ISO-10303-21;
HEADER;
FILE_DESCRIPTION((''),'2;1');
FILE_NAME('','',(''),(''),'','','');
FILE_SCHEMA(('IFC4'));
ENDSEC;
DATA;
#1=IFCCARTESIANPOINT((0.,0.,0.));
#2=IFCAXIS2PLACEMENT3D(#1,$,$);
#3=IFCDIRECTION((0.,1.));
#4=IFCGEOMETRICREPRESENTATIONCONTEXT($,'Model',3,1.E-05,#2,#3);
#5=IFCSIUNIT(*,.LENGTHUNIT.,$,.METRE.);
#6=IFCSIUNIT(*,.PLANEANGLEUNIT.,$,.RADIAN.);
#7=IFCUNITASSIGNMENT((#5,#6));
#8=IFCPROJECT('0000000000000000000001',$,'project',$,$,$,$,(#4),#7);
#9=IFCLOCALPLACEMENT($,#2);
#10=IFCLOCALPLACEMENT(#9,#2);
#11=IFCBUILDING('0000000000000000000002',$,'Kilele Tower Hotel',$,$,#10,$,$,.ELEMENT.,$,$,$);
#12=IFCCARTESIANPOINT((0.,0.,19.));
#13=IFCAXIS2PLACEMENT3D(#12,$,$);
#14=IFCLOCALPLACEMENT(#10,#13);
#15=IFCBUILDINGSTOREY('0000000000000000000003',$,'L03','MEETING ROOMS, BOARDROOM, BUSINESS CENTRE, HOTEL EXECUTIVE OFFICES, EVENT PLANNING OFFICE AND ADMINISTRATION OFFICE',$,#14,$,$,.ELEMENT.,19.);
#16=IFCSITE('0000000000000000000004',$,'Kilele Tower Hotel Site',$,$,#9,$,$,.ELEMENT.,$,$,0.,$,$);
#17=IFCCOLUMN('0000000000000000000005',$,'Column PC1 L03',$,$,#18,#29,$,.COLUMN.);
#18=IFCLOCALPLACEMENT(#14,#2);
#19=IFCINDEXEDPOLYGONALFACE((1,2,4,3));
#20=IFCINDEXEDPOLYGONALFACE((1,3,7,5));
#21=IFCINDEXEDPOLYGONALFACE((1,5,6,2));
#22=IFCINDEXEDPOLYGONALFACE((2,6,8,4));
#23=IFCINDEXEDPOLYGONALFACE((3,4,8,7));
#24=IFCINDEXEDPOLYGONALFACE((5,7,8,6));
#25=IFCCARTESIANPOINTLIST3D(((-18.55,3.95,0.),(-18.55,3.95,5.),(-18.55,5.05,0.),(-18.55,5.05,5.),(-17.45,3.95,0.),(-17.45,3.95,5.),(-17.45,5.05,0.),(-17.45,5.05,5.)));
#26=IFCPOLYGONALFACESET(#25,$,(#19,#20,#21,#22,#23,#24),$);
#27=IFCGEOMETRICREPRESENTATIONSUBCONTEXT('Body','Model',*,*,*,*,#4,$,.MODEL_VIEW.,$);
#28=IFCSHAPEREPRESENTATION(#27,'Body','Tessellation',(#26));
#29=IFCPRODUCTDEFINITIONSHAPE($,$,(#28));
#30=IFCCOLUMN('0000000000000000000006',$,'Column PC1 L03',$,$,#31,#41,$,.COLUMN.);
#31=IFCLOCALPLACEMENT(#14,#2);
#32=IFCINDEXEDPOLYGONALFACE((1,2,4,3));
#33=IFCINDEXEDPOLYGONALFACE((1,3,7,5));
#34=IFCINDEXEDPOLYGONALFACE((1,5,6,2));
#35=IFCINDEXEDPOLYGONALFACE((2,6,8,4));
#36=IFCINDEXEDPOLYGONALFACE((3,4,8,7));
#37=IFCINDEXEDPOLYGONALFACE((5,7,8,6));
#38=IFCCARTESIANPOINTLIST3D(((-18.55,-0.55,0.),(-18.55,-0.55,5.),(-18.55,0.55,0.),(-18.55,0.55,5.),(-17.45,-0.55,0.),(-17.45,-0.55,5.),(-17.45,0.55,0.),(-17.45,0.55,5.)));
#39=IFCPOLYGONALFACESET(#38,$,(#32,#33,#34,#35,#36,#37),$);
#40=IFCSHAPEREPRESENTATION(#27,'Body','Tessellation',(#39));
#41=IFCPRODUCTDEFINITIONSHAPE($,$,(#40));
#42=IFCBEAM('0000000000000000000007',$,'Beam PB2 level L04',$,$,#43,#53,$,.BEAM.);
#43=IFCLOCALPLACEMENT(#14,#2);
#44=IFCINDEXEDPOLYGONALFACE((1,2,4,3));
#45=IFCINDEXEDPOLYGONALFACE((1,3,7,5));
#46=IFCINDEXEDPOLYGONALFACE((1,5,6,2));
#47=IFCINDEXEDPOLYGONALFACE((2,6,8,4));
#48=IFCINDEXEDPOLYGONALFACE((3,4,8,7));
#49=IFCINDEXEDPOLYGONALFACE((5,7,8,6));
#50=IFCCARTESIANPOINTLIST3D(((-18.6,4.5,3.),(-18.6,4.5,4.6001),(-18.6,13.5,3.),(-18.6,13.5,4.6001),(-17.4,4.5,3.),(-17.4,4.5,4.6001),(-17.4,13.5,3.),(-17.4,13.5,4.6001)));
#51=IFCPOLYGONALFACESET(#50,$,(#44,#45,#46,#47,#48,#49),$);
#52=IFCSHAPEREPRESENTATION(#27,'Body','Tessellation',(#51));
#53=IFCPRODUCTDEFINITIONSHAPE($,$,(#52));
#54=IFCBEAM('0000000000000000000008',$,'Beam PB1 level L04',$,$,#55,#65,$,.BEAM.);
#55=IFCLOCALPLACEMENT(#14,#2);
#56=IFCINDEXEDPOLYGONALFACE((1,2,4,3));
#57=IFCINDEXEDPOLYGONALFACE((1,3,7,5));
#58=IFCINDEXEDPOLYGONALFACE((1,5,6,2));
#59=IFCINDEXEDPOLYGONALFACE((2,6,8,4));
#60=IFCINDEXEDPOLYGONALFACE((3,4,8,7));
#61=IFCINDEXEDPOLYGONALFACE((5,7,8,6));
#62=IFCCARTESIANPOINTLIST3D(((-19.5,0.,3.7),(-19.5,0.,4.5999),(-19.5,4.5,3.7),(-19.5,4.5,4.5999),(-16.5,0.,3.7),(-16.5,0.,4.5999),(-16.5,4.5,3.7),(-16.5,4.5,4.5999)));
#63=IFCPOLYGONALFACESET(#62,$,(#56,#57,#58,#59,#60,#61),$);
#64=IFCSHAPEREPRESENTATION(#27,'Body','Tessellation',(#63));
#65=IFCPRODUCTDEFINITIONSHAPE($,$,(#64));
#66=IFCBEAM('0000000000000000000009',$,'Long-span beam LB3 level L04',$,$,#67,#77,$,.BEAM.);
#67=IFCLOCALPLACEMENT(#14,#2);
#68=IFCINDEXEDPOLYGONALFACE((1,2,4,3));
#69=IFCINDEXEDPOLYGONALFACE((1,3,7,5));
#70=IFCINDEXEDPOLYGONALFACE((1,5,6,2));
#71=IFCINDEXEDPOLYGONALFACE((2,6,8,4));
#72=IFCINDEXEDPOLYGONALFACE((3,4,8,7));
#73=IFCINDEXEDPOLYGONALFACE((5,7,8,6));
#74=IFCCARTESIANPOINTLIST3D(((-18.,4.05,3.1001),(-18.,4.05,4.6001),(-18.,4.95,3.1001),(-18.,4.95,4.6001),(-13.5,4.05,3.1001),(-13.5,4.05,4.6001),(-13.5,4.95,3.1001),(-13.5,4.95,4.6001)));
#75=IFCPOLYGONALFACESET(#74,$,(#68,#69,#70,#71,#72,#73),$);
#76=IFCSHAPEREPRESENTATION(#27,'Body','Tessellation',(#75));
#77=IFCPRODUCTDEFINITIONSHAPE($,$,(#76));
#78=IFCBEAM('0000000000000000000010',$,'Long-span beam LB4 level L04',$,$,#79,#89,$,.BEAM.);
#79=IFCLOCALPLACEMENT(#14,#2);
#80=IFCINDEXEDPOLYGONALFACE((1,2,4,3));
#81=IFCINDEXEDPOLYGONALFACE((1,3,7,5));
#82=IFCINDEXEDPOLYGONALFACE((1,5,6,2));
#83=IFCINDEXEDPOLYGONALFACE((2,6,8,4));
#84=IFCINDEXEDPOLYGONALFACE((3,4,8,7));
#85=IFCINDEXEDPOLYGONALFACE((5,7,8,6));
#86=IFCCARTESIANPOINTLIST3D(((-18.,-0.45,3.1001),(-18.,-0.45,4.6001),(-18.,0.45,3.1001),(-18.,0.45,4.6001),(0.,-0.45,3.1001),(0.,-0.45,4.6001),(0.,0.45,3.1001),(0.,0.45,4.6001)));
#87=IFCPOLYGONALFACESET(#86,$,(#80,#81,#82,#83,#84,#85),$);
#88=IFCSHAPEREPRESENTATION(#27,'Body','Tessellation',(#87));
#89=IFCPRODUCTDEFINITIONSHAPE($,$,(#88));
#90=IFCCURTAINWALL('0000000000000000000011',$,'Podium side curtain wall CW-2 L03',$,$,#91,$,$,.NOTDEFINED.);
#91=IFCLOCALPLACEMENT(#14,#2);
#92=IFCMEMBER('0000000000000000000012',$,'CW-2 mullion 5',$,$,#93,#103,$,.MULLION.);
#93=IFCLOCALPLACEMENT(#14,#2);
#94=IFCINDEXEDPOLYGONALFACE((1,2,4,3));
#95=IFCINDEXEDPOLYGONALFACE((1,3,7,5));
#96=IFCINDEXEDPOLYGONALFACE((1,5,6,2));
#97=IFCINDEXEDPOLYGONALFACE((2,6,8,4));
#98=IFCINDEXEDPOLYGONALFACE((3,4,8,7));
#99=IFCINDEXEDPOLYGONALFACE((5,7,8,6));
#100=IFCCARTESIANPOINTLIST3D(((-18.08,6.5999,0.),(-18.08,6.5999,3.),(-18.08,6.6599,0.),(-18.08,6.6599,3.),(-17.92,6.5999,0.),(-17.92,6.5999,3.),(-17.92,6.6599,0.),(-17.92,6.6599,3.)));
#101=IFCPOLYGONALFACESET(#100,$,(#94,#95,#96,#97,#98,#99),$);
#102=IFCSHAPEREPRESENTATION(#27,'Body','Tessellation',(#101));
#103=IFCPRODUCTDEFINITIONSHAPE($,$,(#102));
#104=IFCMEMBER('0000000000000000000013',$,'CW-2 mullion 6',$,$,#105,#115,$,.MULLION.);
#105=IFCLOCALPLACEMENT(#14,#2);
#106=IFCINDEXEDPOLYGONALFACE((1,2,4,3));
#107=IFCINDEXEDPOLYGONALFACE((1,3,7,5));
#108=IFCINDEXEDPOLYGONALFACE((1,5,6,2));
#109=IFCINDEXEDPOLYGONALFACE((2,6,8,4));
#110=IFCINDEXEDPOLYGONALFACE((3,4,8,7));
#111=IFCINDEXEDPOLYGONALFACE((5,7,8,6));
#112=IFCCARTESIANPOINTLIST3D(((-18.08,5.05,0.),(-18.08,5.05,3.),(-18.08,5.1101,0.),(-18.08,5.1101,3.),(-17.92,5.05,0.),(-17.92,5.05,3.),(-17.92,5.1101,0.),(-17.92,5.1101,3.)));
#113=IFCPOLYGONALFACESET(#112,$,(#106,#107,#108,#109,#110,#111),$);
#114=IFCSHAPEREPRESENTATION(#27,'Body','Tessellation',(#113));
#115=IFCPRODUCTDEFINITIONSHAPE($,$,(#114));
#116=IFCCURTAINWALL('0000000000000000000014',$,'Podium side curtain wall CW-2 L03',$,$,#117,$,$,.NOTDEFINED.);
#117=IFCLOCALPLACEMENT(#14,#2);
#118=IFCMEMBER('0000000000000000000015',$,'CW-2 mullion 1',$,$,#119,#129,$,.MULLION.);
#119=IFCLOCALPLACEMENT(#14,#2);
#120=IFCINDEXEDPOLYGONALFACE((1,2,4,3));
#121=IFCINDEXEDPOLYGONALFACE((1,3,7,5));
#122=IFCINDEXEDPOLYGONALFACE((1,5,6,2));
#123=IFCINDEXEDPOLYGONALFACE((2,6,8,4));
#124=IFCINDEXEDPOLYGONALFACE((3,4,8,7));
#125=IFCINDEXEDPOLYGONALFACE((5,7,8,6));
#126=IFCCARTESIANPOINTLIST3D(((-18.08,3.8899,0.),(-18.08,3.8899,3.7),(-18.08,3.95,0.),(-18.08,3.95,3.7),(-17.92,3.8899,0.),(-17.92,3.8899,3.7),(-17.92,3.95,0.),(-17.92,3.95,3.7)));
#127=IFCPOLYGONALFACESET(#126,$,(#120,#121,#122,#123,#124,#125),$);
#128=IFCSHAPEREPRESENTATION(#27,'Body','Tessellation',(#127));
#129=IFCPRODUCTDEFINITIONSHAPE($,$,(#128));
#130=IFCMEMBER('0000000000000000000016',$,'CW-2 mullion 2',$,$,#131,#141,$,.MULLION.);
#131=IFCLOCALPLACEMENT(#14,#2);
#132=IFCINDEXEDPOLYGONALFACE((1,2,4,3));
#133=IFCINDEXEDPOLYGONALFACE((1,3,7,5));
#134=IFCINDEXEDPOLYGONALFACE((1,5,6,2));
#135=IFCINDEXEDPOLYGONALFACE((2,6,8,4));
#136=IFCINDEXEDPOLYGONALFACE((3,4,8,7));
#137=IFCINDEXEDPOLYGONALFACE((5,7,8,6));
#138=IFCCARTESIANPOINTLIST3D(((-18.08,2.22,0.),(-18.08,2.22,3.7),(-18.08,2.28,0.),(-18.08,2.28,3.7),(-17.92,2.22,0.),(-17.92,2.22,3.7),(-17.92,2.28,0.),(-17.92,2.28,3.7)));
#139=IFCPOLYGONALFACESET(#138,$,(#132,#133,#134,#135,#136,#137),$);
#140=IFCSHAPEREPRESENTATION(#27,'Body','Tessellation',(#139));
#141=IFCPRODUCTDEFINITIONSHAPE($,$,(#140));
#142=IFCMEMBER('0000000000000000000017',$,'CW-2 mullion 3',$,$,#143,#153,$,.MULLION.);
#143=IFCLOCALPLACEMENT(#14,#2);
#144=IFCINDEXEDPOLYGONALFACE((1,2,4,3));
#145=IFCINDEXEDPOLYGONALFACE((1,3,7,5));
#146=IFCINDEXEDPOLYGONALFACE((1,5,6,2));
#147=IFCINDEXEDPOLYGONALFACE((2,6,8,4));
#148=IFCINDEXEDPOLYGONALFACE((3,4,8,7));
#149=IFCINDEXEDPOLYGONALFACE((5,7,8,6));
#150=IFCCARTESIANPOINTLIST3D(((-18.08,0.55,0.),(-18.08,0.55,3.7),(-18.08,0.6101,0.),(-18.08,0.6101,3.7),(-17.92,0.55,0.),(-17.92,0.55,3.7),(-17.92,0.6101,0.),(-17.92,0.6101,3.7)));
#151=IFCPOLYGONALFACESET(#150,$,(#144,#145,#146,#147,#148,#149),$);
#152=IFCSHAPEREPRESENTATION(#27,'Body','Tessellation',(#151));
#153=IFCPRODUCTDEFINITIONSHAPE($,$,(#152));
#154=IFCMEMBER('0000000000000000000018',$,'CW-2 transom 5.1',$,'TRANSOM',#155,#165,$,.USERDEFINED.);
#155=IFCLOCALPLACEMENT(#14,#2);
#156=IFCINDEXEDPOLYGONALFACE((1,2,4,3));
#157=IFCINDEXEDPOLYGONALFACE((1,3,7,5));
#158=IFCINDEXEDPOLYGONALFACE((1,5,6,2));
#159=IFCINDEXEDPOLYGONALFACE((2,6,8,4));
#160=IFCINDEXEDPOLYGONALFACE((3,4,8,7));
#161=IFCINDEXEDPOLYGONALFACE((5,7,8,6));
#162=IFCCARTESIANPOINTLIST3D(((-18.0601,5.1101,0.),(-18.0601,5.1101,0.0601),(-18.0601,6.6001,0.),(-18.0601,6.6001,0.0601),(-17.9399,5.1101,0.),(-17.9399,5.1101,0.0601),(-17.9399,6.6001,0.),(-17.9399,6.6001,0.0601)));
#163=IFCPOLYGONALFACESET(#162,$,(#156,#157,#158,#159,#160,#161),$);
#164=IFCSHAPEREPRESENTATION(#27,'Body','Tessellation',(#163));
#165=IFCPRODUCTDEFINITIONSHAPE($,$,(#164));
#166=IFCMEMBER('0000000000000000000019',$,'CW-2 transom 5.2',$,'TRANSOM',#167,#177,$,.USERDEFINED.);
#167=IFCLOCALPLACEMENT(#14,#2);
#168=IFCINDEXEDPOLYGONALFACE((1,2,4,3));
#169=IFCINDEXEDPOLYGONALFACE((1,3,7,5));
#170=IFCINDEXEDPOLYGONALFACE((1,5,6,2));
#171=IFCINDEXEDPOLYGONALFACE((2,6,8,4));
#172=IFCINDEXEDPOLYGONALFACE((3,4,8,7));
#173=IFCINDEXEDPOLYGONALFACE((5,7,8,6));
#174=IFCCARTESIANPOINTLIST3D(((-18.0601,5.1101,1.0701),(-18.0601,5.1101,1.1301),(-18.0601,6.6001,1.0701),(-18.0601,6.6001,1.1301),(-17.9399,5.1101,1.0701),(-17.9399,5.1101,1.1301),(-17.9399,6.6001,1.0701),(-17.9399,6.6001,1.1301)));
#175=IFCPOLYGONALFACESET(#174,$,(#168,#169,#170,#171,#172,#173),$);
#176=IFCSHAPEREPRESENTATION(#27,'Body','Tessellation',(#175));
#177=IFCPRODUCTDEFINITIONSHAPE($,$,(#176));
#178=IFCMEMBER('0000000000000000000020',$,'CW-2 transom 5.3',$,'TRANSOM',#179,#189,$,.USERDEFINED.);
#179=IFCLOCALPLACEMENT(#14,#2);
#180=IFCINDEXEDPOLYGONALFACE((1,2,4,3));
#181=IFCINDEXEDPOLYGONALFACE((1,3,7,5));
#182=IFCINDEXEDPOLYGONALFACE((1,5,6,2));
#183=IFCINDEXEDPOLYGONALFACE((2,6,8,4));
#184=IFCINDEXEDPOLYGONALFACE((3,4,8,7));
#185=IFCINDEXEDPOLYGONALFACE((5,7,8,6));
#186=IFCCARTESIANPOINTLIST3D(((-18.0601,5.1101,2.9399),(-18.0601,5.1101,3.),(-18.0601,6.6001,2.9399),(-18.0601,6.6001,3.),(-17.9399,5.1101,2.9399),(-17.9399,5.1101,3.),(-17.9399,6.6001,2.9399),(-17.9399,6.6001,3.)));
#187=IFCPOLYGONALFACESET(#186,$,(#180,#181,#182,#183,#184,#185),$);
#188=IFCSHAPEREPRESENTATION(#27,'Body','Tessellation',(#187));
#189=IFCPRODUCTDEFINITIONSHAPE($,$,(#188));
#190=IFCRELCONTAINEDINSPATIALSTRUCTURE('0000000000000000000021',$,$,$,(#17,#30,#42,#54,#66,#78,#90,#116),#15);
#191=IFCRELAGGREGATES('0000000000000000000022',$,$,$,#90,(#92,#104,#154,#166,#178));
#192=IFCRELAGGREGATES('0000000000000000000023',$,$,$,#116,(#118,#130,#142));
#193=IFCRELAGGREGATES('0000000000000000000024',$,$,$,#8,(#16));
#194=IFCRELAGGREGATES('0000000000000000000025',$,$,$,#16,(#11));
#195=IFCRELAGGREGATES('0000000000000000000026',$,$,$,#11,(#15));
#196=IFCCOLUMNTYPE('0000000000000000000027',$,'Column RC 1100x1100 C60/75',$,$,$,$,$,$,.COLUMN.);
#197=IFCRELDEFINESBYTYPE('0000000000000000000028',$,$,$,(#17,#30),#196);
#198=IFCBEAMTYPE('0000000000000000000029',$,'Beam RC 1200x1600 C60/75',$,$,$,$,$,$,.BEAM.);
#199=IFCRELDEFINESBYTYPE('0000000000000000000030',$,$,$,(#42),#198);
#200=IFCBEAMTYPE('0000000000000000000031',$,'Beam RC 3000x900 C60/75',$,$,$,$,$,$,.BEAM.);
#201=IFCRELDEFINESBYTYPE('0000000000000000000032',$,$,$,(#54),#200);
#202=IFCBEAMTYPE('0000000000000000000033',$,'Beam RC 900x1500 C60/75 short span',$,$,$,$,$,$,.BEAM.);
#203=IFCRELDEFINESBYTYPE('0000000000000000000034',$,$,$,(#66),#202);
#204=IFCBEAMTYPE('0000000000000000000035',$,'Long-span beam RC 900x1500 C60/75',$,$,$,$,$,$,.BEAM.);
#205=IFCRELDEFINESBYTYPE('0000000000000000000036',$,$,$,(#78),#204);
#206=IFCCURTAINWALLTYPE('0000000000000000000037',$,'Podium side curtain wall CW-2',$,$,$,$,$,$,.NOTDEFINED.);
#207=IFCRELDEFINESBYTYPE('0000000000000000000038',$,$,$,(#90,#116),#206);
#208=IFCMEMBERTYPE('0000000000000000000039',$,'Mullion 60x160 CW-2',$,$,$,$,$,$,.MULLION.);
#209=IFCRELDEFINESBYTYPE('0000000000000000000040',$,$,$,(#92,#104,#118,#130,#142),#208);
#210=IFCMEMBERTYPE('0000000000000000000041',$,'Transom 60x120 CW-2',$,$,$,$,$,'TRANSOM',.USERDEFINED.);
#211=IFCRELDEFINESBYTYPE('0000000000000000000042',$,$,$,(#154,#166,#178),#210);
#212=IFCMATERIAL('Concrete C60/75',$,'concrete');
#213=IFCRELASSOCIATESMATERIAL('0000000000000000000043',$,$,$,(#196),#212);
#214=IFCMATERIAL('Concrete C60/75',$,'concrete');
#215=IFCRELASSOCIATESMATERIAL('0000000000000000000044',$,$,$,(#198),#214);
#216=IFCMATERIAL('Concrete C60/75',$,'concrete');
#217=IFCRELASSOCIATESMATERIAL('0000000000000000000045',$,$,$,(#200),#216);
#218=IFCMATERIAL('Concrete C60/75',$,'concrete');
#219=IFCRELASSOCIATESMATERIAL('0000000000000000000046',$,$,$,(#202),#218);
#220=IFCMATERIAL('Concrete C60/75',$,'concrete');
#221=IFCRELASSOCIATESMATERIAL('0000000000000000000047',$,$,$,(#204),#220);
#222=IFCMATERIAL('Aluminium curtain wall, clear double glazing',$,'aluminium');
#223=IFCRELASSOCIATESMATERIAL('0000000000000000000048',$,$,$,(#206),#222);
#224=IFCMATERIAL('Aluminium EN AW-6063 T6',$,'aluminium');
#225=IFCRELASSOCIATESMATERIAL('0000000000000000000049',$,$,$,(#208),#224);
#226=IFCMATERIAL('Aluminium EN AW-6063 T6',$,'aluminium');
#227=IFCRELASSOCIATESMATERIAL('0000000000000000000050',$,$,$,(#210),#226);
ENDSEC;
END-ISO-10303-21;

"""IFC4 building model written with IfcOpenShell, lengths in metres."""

from ifc_helpers import new_model, si_unit, direction, frame, origin, origin_2d, place, context, subcontext, project, spatial, rectangle, extrude, material, material_profile, profile_set, type_object, element, aggregate, save


model = new_model("IFC4")

# Units and contexts
model_context = context("Model", 3, precision=1e-05, world=origin(), true_north=direction((0.0, 1.0)))
body_context = subcontext(model_context, "Body", "Model", "MODEL_VIEW")
ifc_project = project(units=[si_unit("LENGTHUNIT", "METRE"), si_unit("PLANEANGLEUNIT", "RADIAN")], contexts=[model_context])

# Site, building, storey
site_placement = place(None, origin())
site = spatial("IfcSite", under=ifc_project, at=site_placement, Name="Kilele Tower Hotel Site", CompositionType="ELEMENT", RefElevation=0.0)
building_placement = place(site_placement, origin())
building = spatial("IfcBuilding", under=site, at=building_placement, Name="Kilele Tower Hotel", CompositionType="ELEMENT")
storey_placement = place(building_placement, frame((0.0, 0.0, 19.0)))
storey = spatial("IfcBuildingStorey", under=building, at=storey_placement, Name="L03", Description="MEETING ROOMS, BOARDROOM, BUSINESS CENTRE, HOTEL EXECUTIVE OFFICES, EVENT PLANNING OFFICE AND ADMINISTRATION OFFICE", CompositionType="ELEMENT", Elevation=19.0)

# Columns
ifc_material_1 = material(Name="Concrete C60/75", Category="concrete")
ifc_material_profile_1 = material_profile(ifc_material_1, rectangle(XDim=1.1001, YDim=1.1001, at=origin_2d()))
ifc_profile_set_1 = profile_set([ifc_material_profile_1], Name="Concrete C60/75")
column_type = type_object("IfcColumnType", Name="Column RC 1100x1100 C60/75", PredefinedType="COLUMN", material=ifc_profile_set_1)
for number, where, z_axis, x_axis, name in (
    (1, (-18.0, 4.5, 0.0), (0.0, 0.0, 1.0), (1.0, 0.0, 0.0), "Column PC1 L03"),
    (2, (-18.0, 0.0, 0.0), (0.0, 0.0, 1.0), (1.0, 0.0, 0.0), "Column PC1 L03"),
):
    element("IfcColumn", number, at=place(storey_placement, frame(where, z_axis=z_axis, x_axis=x_axis)), inside=storey, type_object=column_type, Name=name, PredefinedType="COLUMN", context=body_context, shape_type="SweptSolid", body=[
        extrude(rectangle(XDim=1.1001, YDim=1.1001, at=origin_2d()), origin(), (0.0, 0.0, 1.0), 5.0),
    ])

# Beams
ifc_material_2 = material(Name="Concrete C60/75", Category="concrete")
ifc_material_profile_2 = material_profile(ifc_material_2, rectangle(XDim=1.2, YDim=1.6001, at=origin_2d()))
ifc_profile_set_2 = profile_set([ifc_material_profile_2], Name="Concrete C60/75")
beam_type_1 = type_object("IfcBeamType", Name="Beam RC 1200x1600 C60/75", PredefinedType="BEAM", material=ifc_profile_set_2)
beam_1_placement = place(storey_placement, frame((-18.0, 4.5, 3.8), z_axis=(0.0, 1.0, 0.0), x_axis=(-1.0, 0.0, 0.0)))
element("IfcBeam", 3, at=beam_1_placement, inside=storey, type_object=beam_type_1, Name="Beam PB2 level L04", PredefinedType="BEAM", context=body_context, shape_type="SweptSolid", body=[
    extrude(rectangle(XDim=1.2, YDim=1.6001, at=origin_2d()), origin(), (0.0, 0.0, 1.0), 9.0),
])
ifc_material_3 = material(Name="Concrete C60/75", Category="concrete")
ifc_material_profile_3 = material_profile(ifc_material_3, rectangle(XDim=3.0, YDim=0.8999, at=origin_2d()))
ifc_profile_set_3 = profile_set([ifc_material_profile_3], Name="Concrete C60/75")
beam_type_2 = type_object("IfcBeamType", Name="Beam RC 3000x900 C60/75", PredefinedType="BEAM", material=ifc_profile_set_3)
beam_2_placement = place(storey_placement, frame((-18.0, 0.0, 4.1499), z_axis=(0.0, 1.0, 0.0), x_axis=(-1.0, 0.0, 0.0)))
element("IfcBeam", 4, at=beam_2_placement, inside=storey, type_object=beam_type_2, Name="Beam PB1 level L04", PredefinedType="BEAM", context=body_context, shape_type="SweptSolid", body=[
    extrude(rectangle(XDim=3.0, YDim=0.8999, at=origin_2d()), origin(), (0.0, 0.0, 1.0), 4.5),
])
ifc_material_4 = material(Name="Concrete C60/75", Category="concrete")
ifc_material_profile_4 = material_profile(ifc_material_4, rectangle(XDim=0.8999, YDim=1.5, at=origin_2d()))
ifc_profile_set_4 = profile_set([ifc_material_profile_4], Name="Concrete C60/75")
beam_type_3 = type_object("IfcBeamType", Name="Beam RC 900x1500 C60/75 short span", PredefinedType="BEAM", material=ifc_profile_set_4)
beam_3_placement = place(storey_placement, frame((-18.0, 4.5, 3.8501), z_axis=(1.0, 0.0, 0.0), x_axis=(0.0, 1.0, 0.0)))
element("IfcBeam", 5, at=beam_3_placement, inside=storey, type_object=beam_type_3, Name="Long-span beam LB3 level L04", PredefinedType="BEAM", context=body_context, shape_type="SweptSolid", body=[
    extrude(rectangle(XDim=0.8999, YDim=1.5, at=origin_2d()), origin(), (0.0, 0.0, 1.0), 4.5),
])
ifc_material_5 = material(Name="Concrete C60/75", Category="concrete")
ifc_material_profile_5 = material_profile(ifc_material_5, rectangle(XDim=0.8999, YDim=1.5, at=origin_2d()))
ifc_profile_set_5 = profile_set([ifc_material_profile_5], Name="Concrete C60/75")
beam_type_4 = type_object("IfcBeamType", Name="Long-span beam RC 900x1500 C60/75", PredefinedType="BEAM", material=ifc_profile_set_5)
beam_4_placement = place(storey_placement, frame((-18.0, 0.0, 3.8501), z_axis=(1.0, 0.0, 0.0), x_axis=(0.0, 1.0, 0.0)))
element("IfcBeam", 6, at=beam_4_placement, inside=storey, type_object=beam_type_4, Name="Long-span beam LB4 level L04", PredefinedType="BEAM", context=body_context, shape_type="SweptSolid", body=[
    extrude(rectangle(XDim=0.8999, YDim=1.5, at=origin_2d()), origin(), (0.0, 0.0, 1.0), 18.0),
])

# Curtain walls, members
ifc_material_6 = material(Name="Aluminium curtain wall, clear double glazing", Category="aluminium")
curtain_wall_type = type_object("IfcCurtainWallType", Name="Podium side curtain wall CW-2", PredefinedType="NOTDEFINED", material=ifc_material_6)
curtain_wall_1_placement = place(storey_placement, origin())
curtain_wall_1 = element("IfcCurtainWall", 7, at=curtain_wall_1_placement, inside=storey, type_object=curtain_wall_type, Name="Podium side curtain wall CW-2 L03", PredefinedType="NOTDEFINED")
ifc_material_7 = material(Name="Aluminium EN AW-6063 T6", Category="aluminium")
ifc_material_profile_6 = material_profile(ifc_material_7, rectangle(XDim=0.1599, YDim=0.0601, at=origin_2d()))
ifc_profile_set_6 = profile_set([ifc_material_profile_6], Name="Aluminium EN AW-6063 T6")
member_type_1 = type_object("IfcMemberType", Name="Mullion 60x160 CW-2", PredefinedType="MULLION", material=ifc_profile_set_6)
member_1_placement = place(storey_placement, frame((-18.0, 6.6299, 0.0), z_axis=(0.0, 0.0, 1.0), x_axis=(1.0, 0.0, 0.0)))
member_1 = element("IfcMember", 8, at=member_1_placement, type_object=member_type_1, Name="CW-2 mullion 5", PredefinedType="MULLION", context=body_context, shape_type="SweptSolid", body=[
    extrude(rectangle(XDim=0.1599, YDim=0.0601, at=origin_2d()), origin(), (0.0, 0.0, 1.0), 3.0),
])
member_2_placement = place(storey_placement, frame((-18.0, 5.0801, 0.0), z_axis=(0.0, 0.0, 1.0), x_axis=(1.0, 0.0, 0.0)))
member_2 = element("IfcMember", 9, at=member_2_placement, type_object=member_type_1, Name="CW-2 mullion 6", PredefinedType="MULLION", context=body_context, shape_type="SweptSolid", body=[
    extrude(rectangle(XDim=0.1599, YDim=0.0601, at=origin_2d()), origin(), (0.0, 0.0, 1.0), 3.0),
])
curtain_wall_2_placement = place(storey_placement, origin())
curtain_wall_2 = element("IfcCurtainWall", 10, at=curtain_wall_2_placement, inside=storey, type_object=curtain_wall_type, Name="Podium side curtain wall CW-2 L03", PredefinedType="NOTDEFINED")
member_3_placement = place(storey_placement, frame((-18.0, 3.9199, 0.0), z_axis=(0.0, 0.0, 1.0), x_axis=(1.0, 0.0, 0.0)))
member_3 = element("IfcMember", 11, at=member_3_placement, type_object=member_type_1, Name="CW-2 mullion 1", PredefinedType="MULLION", context=body_context, shape_type="SweptSolid", body=[
    extrude(rectangle(XDim=0.1599, YDim=0.0601, at=origin_2d()), origin(), (0.0, 0.0, 1.0), 3.7),
])
member_4_placement = place(storey_placement, frame((-18.0, 2.25, 0.0), z_axis=(0.0, 0.0, 1.0), x_axis=(1.0, 0.0, 0.0)))
member_4 = element("IfcMember", 12, at=member_4_placement, type_object=member_type_1, Name="CW-2 mullion 2", PredefinedType="MULLION", context=body_context, shape_type="SweptSolid", body=[
    extrude(rectangle(XDim=0.1599, YDim=0.0601, at=origin_2d()), origin(), (0.0, 0.0, 1.0), 3.7),
])
member_5_placement = place(storey_placement, frame((-18.0, 0.5801, 0.0), z_axis=(0.0, 0.0, 1.0), x_axis=(1.0, 0.0, 0.0)))
member_5 = element("IfcMember", 13, at=member_5_placement, type_object=member_type_1, Name="CW-2 mullion 3", PredefinedType="MULLION", context=body_context, shape_type="SweptSolid", body=[
    extrude(rectangle(XDim=0.1599, YDim=0.0601, at=origin_2d()), origin(), (0.0, 0.0, 1.0), 3.7),
])

# Members
ifc_material_8 = material(Name="Aluminium EN AW-6063 T6", Category="aluminium")
ifc_material_profile_7 = material_profile(ifc_material_8, rectangle(XDim=0.1201, YDim=0.0601, at=origin_2d()))
ifc_profile_set_7 = profile_set([ifc_material_profile_7], Name="Aluminium EN AW-6063 T6")
member_type_2 = type_object("IfcMemberType", Name="Transom 60x120 CW-2", ElementType="TRANSOM", PredefinedType="USERDEFINED", material=ifc_profile_set_7)
member_6_placement = place(storey_placement, frame((-18.0, 6.6001, 0.03), z_axis=(0.0, -1.0, 0.0), x_axis=(1.0, 0.0, 0.0)))
member_6 = element("IfcMember", 14, at=member_6_placement, type_object=member_type_2, Name="CW-2 transom 5.1", ObjectType="TRANSOM", PredefinedType="USERDEFINED", context=body_context, shape_type="SweptSolid", body=[
    extrude(rectangle(XDim=0.1201, YDim=0.0601, at=origin_2d()), origin(), (0.0, 0.0, 1.0), 1.49),
])
member_7_placement = place(storey_placement, frame((-18.0, 6.6001, 1.1001), z_axis=(0.0, -1.0, 0.0), x_axis=(1.0, 0.0, 0.0)))
member_7 = element("IfcMember", 15, at=member_7_placement, type_object=member_type_2, Name="CW-2 transom 5.2", ObjectType="TRANSOM", PredefinedType="USERDEFINED", context=body_context, shape_type="SweptSolid", body=[
    extrude(rectangle(XDim=0.1201, YDim=0.0601, at=origin_2d()), origin(), (0.0, 0.0, 1.0), 1.49),
])
member_8_placement = place(storey_placement, frame((-18.0, 6.6001, 2.97), z_axis=(0.0, -1.0, 0.0), x_axis=(1.0, 0.0, 0.0)))
member_8 = element("IfcMember", 16, at=member_8_placement, type_object=member_type_2, Name="CW-2 transom 5.3", ObjectType="TRANSOM", PredefinedType="USERDEFINED", context=body_context, shape_type="SweptSolid", body=[
    extrude(rectangle(XDim=0.1201, YDim=0.0601, at=origin_2d()), origin(), (0.0, 0.0, 1.0), 1.49),
])

aggregate(curtain_wall_1, [member_1, member_2, member_6, member_7, member_8])
aggregate(curtain_wall_2, [member_3, member_4, member_5])

save(model, "model.ifc")
